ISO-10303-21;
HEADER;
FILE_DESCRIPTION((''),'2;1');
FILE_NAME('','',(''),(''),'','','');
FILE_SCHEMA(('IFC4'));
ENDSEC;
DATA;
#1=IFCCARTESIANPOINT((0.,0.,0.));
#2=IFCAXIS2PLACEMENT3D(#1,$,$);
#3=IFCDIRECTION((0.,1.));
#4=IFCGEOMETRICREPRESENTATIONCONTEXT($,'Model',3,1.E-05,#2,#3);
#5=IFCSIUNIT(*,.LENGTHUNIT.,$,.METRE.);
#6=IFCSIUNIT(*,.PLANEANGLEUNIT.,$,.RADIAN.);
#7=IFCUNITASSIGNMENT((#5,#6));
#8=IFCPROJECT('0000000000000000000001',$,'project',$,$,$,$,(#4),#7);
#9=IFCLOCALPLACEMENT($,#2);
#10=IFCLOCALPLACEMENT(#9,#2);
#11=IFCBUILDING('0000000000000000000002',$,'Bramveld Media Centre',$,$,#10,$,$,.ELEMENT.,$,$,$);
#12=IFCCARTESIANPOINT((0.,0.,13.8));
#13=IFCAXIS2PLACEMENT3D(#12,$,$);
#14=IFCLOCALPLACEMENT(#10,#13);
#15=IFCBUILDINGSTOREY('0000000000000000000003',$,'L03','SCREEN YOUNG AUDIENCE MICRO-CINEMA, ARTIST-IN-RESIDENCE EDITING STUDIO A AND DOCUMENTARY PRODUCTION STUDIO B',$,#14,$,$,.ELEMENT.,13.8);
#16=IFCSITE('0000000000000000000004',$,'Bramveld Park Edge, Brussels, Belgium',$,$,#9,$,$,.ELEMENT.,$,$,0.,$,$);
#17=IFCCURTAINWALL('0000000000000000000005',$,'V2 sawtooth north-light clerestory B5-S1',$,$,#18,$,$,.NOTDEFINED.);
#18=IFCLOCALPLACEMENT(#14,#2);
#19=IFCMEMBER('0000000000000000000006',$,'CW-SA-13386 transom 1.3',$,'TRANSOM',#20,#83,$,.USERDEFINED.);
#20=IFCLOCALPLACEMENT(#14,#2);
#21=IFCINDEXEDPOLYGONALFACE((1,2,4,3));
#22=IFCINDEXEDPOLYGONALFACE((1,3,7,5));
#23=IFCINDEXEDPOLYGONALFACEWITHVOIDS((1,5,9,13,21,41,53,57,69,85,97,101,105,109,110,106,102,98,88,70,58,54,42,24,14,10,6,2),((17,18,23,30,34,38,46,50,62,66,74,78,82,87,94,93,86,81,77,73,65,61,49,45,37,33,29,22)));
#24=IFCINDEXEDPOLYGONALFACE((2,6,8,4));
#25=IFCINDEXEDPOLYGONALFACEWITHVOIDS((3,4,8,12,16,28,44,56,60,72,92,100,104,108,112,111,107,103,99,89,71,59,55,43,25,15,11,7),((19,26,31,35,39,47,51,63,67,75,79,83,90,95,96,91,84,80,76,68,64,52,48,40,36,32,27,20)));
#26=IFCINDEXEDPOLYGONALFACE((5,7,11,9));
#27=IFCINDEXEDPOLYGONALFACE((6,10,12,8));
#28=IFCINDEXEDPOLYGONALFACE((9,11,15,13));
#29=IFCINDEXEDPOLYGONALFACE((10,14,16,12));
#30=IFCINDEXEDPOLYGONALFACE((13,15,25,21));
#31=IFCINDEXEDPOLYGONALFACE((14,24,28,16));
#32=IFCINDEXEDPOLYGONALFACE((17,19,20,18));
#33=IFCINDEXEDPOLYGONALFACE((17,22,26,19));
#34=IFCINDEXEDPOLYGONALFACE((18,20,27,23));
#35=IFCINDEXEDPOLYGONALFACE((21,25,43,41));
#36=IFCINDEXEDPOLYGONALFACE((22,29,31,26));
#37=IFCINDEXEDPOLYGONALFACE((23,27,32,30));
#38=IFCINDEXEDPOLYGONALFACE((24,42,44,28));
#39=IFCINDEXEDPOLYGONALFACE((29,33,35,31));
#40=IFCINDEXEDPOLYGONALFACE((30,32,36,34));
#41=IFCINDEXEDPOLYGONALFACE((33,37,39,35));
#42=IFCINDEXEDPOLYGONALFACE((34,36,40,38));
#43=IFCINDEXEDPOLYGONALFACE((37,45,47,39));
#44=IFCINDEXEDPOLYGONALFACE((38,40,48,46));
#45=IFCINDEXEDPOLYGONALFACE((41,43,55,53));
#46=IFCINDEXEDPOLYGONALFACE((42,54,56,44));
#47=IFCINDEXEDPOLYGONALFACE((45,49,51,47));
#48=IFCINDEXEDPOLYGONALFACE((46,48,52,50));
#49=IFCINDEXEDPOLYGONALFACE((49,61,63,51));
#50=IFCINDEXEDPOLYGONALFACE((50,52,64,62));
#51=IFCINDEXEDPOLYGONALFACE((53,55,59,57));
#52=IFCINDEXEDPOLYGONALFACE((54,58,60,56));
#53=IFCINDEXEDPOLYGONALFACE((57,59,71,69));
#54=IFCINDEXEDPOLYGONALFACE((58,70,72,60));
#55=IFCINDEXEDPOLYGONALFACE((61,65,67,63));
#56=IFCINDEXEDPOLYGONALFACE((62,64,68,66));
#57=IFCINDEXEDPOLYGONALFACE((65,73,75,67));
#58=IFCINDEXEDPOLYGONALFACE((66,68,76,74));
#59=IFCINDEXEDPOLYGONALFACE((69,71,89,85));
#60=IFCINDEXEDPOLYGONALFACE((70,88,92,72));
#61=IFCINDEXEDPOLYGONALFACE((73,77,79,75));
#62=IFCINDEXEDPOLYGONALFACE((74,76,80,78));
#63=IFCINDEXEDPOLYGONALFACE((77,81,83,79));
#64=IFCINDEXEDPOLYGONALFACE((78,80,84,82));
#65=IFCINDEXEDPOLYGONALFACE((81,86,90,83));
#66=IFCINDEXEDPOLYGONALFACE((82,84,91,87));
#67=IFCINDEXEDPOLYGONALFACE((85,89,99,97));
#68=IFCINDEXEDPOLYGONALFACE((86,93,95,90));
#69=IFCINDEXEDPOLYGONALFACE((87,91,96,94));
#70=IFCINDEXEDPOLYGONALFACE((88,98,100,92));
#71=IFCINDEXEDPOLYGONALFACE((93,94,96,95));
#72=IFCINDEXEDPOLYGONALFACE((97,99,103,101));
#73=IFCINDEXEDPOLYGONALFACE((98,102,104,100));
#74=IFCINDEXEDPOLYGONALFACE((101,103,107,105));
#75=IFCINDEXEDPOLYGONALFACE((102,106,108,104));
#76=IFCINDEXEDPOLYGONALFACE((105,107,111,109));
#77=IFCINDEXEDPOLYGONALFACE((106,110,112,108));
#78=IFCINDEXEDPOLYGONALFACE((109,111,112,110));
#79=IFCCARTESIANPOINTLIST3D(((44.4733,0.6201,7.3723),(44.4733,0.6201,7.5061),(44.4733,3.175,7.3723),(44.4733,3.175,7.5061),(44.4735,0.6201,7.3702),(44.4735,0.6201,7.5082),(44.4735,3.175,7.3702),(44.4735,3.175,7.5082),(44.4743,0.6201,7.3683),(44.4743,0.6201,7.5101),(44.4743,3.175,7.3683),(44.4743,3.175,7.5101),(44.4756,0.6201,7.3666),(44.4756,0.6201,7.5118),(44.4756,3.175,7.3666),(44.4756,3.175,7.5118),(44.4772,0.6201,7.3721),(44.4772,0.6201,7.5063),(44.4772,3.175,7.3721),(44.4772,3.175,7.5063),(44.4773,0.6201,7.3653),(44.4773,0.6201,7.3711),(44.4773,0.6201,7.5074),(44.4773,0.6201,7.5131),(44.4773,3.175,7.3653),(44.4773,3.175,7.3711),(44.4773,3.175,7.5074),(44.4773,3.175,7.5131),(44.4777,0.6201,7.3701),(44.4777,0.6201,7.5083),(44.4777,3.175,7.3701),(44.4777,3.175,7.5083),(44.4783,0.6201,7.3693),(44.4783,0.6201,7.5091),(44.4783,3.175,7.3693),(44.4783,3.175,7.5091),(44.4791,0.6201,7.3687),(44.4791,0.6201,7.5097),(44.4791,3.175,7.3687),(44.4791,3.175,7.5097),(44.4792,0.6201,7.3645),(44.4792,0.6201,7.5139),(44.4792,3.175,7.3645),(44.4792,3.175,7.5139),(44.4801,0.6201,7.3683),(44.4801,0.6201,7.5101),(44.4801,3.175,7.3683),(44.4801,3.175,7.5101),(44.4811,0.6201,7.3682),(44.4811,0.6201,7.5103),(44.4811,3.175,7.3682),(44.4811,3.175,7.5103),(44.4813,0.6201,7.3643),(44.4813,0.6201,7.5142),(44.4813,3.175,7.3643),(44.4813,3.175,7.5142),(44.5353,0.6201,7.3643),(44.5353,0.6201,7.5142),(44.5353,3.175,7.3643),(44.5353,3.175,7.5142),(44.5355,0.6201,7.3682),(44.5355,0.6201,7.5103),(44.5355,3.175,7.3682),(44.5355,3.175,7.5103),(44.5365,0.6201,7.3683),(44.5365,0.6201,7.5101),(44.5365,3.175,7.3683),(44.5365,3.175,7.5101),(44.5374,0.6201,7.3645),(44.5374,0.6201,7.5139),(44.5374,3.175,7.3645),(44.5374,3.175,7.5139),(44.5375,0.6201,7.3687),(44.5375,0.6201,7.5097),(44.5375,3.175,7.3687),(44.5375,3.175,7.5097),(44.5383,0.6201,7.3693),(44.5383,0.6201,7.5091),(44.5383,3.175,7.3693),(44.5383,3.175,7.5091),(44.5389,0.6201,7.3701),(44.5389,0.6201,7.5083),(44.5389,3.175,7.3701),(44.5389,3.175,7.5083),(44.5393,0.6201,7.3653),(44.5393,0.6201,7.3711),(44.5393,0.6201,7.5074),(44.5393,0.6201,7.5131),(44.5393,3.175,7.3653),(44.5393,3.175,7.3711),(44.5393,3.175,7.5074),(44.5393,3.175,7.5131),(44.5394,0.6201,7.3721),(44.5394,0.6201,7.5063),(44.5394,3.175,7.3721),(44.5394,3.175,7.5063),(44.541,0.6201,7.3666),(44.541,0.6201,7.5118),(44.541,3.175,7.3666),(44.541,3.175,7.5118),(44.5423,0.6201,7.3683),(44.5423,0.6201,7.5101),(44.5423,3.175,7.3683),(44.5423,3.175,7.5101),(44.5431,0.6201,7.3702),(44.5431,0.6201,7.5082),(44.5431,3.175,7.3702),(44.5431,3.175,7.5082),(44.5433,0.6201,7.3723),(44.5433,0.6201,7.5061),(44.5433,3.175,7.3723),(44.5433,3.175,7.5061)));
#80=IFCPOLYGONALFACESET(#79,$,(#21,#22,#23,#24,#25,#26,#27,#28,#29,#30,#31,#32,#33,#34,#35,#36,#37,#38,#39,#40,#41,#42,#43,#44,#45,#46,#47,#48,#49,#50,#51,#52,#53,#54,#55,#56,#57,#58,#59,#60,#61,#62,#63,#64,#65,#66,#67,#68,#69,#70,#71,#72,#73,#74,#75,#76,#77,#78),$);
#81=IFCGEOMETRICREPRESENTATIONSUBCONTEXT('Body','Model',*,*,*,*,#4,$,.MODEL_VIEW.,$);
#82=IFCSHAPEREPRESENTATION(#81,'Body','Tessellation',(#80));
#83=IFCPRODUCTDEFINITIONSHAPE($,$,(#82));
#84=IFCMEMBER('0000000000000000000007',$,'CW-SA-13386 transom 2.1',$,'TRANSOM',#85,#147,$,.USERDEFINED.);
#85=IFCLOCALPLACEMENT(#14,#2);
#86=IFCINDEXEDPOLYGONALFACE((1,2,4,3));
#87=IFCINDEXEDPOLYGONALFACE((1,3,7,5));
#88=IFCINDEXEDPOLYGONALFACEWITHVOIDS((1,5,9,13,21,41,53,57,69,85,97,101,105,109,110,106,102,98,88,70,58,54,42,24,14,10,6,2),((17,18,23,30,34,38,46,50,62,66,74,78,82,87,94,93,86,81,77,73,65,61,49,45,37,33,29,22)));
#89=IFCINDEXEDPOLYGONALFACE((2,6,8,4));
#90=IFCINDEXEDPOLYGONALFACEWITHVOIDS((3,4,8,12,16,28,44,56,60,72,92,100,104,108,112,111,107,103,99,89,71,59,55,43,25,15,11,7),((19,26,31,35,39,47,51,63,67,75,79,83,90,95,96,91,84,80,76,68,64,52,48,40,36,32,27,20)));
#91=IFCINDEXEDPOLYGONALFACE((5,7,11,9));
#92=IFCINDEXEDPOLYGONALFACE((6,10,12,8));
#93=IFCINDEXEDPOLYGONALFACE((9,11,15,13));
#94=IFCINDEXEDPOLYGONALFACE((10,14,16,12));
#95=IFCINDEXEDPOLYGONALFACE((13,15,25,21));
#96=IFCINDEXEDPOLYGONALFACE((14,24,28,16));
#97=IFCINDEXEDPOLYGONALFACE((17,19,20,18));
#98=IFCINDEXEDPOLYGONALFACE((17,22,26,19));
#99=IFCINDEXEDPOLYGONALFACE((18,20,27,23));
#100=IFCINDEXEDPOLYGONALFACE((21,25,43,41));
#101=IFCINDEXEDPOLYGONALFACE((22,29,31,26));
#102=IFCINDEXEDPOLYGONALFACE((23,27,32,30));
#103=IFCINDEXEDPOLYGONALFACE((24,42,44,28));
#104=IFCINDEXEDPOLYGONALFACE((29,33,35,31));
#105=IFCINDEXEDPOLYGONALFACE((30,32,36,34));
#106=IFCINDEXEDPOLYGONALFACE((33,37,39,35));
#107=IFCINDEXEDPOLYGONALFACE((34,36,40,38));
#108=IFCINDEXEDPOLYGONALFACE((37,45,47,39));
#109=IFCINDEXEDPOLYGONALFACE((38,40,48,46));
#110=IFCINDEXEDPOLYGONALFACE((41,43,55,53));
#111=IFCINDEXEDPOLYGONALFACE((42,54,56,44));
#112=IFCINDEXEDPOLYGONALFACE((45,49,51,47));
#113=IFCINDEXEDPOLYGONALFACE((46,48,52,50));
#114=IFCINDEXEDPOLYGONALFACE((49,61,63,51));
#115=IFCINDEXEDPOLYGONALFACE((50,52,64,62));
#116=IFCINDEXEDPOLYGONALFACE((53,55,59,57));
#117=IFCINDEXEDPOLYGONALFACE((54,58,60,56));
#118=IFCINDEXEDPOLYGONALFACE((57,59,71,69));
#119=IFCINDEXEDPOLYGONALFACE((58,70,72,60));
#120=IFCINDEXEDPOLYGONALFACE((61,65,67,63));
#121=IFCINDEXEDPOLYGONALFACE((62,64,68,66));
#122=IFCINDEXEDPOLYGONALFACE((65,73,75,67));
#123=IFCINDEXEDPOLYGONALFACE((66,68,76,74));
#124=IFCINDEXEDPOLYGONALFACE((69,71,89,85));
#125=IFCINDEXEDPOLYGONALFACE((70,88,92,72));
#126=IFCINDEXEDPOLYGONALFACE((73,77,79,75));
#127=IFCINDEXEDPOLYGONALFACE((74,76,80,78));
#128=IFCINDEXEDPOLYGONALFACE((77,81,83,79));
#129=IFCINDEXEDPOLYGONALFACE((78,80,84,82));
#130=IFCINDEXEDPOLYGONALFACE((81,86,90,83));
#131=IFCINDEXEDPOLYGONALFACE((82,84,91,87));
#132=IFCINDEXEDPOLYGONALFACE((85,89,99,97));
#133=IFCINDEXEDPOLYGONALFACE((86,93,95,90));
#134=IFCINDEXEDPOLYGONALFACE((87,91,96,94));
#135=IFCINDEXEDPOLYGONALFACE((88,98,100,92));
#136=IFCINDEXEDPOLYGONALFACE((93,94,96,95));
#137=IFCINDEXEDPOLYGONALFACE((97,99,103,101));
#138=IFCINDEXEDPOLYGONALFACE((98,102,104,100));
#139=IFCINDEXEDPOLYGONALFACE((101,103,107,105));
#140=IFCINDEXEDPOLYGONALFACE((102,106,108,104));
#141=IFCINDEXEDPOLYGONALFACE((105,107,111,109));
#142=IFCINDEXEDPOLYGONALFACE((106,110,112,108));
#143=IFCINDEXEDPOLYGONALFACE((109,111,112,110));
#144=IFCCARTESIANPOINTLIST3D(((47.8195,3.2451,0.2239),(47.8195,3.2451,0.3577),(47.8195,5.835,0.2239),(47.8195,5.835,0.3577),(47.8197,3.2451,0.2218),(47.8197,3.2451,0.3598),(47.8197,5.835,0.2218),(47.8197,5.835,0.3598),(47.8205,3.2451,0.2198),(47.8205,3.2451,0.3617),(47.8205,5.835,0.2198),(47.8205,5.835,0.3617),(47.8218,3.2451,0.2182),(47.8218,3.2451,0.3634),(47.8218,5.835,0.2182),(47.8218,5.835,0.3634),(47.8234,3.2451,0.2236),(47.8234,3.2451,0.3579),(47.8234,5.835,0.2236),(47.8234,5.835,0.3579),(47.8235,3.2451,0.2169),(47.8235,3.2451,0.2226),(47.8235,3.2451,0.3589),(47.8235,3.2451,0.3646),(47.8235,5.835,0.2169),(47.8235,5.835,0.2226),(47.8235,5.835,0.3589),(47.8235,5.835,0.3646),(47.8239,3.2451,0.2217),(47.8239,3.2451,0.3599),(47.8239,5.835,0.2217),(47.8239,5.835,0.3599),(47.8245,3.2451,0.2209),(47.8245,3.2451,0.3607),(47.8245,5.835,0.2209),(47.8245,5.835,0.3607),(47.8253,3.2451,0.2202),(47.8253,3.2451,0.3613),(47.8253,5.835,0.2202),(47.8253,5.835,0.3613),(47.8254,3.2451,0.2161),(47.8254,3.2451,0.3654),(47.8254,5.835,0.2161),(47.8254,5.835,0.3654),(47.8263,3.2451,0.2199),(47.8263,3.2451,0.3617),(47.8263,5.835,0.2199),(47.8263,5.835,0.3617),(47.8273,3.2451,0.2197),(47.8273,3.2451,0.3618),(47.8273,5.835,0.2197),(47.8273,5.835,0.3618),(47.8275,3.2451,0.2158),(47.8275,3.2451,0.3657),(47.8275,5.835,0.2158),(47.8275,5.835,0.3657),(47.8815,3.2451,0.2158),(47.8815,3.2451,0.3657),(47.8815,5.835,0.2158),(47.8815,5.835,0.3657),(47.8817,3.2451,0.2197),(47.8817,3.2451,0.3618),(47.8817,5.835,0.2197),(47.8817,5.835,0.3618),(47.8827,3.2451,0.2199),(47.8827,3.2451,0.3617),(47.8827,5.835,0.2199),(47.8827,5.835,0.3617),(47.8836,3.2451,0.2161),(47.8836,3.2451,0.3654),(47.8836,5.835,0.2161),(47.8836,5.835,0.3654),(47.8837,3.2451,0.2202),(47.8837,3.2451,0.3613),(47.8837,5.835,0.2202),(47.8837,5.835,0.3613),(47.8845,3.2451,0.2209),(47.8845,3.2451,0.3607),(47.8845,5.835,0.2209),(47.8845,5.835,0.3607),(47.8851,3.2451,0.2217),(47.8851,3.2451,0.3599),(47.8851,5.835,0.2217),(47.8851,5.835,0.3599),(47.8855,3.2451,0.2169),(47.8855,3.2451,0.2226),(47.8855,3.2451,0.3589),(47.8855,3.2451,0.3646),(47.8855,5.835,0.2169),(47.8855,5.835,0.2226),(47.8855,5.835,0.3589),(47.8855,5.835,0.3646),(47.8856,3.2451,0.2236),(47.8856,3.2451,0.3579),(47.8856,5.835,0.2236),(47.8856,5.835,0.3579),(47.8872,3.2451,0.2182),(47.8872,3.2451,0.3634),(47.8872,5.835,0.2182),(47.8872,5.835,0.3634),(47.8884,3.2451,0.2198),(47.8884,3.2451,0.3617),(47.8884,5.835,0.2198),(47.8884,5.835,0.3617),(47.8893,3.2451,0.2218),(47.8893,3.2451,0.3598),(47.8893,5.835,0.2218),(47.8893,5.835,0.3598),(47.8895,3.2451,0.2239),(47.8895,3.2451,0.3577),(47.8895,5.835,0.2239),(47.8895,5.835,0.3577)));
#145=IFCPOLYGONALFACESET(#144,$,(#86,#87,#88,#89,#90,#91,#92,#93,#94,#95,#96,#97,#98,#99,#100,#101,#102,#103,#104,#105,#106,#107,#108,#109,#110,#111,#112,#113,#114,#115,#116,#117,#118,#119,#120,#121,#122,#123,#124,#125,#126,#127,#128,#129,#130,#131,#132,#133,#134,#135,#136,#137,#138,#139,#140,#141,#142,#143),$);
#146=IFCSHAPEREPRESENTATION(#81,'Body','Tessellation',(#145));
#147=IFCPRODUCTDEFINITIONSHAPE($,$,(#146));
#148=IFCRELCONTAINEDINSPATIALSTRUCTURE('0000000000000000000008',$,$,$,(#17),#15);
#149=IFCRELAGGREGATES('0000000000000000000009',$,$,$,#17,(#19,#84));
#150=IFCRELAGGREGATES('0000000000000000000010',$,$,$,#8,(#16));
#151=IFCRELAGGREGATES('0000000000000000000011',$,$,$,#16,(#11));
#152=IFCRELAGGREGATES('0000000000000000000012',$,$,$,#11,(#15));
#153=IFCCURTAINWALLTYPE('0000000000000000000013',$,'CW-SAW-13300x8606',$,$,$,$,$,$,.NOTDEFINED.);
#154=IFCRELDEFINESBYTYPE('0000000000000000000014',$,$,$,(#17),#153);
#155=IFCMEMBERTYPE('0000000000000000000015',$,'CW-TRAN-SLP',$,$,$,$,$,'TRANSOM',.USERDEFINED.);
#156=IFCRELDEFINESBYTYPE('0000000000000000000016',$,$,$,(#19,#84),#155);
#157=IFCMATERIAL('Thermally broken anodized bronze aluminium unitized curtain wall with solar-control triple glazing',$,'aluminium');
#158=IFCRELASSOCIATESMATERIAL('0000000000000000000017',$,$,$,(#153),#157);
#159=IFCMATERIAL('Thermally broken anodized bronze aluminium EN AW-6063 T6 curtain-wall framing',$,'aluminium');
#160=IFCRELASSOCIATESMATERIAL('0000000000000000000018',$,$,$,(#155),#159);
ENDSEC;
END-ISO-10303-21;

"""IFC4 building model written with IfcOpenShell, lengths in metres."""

from ifc_helpers import new_model, si_unit, direction, frame, origin, origin_2d, place, context, subcontext, project, spatial, hollow_rectangle, extrude, material, material_profile, profile_set, type_object, element, aggregate, save


model = new_model("IFC4")

# Units and contexts
model_context = context("Model", 3, precision=1e-05, world=origin(), true_north=direction((0.0, 1.0)))
body_context = subcontext(model_context, "Body", "Model", "MODEL_VIEW")
ifc_project = project(units=[si_unit("LENGTHUNIT", "METRE"), si_unit("PLANEANGLEUNIT", "RADIAN")], contexts=[model_context])

# Site, building, storey
site_placement = place(None, origin())
site = spatial("IfcSite", under=ifc_project, at=site_placement, Name="Bramveld Park Edge, Brussels, Belgium", CompositionType="ELEMENT", RefElevation=0.0)
building_placement = place(site_placement, origin())
building = spatial("IfcBuilding", under=site, at=building_placement, Name="Bramveld Media Centre", CompositionType="ELEMENT")
storey_placement = place(building_placement, frame((0.0, 0.0, 13.8)))
storey = spatial("IfcBuildingStorey", under=building, at=storey_placement, Name="L03", Description="SCREEN YOUNG AUDIENCE MICRO-CINEMA, ARTIST-IN-RESIDENCE EDITING STUDIO A AND DOCUMENTARY PRODUCTION STUDIO B", CompositionType="ELEMENT", Elevation=13.8)

# Curtain wall, members
ifc_material_1 = material(Name="Thermally broken anodized bronze aluminium unitized curtain wall with solar-control triple glazing", Category="aluminium")
curtain_wall_type = type_object("IfcCurtainWallType", Name="CW-SAW-13300x8606", PredefinedType="NOTDEFINED", material=ifc_material_1)
curtain_wall_placement = place(storey_placement, origin())
curtain_wall = element("IfcCurtainWall", 1, at=curtain_wall_placement, inside=storey, type_object=curtain_wall_type, Name="V2 sawtooth north-light clerestory B5-S1", PredefinedType="NOTDEFINED")
ifc_material_2 = material(Name="Thermally broken anodized bronze aluminium EN AW-6063 T6 curtain-wall framing", Category="aluminium")
ifc_material_profile_1 = material_profile(ifc_material_2, hollow_rectangle(XDim=0.0701, YDim=0.1499, WallThickness=0.0039, InnerFilletRadius=0.0039, OuterFilletRadius=0.0081, at=origin_2d()), Name="AL-TRAN 70x150")
ifc_profile_set_1 = profile_set([ifc_material_profile_1], Name="Thermally broken anodized bronze aluminium EN AW-6063 T6 curtain-wall framing")
member_type = type_object("IfcMemberType", Name="CW-TRAN-SLP", ElementType="TRANSOM", PredefinedType="USERDEFINED", material=ifc_profile_set_1)
member_1_placement = place(storey_placement, frame((44.5083, 0.6201, 7.4392), z_axis=(0.0, 1.0, 0.0), x_axis=(-1.0, 0.0, 0.0)))
member_1 = element("IfcMember", 2, at=member_1_placement, type_object=member_type, Name="CW-SA-13386 transom 1.3", ObjectType="TRANSOM", PredefinedType="USERDEFINED", context=body_context, shape_type="SweptSolid", body=[
    extrude(hollow_rectangle(XDim=0.0701, YDim=0.1499, WallThickness=0.0039, InnerFilletRadius=0.0039, OuterFilletRadius=0.0081, at=origin_2d()), origin(), (0.0, 0.0, 1.0), 2.5549),
])
member_2_placement = place(storey_placement, frame((47.8545, 3.2451, 0.2908), z_axis=(0.0, 1.0, 0.0), x_axis=(-1.0, 0.0, 0.0)))
member_2 = element("IfcMember", 3, at=member_2_placement, type_object=member_type, Name="CW-SA-13386 transom 2.1", ObjectType="TRANSOM", PredefinedType="USERDEFINED", context=body_context, shape_type="SweptSolid", body=[
    extrude(hollow_rectangle(XDim=0.0701, YDim=0.1499, WallThickness=0.0039, InnerFilletRadius=0.0039, OuterFilletRadius=0.0081, at=origin_2d()), origin(), (0.0, 0.0, 1.0), 2.5898),
])

aggregate(curtain_wall, [member_1, member_2])

save(model, "model.ifc")
